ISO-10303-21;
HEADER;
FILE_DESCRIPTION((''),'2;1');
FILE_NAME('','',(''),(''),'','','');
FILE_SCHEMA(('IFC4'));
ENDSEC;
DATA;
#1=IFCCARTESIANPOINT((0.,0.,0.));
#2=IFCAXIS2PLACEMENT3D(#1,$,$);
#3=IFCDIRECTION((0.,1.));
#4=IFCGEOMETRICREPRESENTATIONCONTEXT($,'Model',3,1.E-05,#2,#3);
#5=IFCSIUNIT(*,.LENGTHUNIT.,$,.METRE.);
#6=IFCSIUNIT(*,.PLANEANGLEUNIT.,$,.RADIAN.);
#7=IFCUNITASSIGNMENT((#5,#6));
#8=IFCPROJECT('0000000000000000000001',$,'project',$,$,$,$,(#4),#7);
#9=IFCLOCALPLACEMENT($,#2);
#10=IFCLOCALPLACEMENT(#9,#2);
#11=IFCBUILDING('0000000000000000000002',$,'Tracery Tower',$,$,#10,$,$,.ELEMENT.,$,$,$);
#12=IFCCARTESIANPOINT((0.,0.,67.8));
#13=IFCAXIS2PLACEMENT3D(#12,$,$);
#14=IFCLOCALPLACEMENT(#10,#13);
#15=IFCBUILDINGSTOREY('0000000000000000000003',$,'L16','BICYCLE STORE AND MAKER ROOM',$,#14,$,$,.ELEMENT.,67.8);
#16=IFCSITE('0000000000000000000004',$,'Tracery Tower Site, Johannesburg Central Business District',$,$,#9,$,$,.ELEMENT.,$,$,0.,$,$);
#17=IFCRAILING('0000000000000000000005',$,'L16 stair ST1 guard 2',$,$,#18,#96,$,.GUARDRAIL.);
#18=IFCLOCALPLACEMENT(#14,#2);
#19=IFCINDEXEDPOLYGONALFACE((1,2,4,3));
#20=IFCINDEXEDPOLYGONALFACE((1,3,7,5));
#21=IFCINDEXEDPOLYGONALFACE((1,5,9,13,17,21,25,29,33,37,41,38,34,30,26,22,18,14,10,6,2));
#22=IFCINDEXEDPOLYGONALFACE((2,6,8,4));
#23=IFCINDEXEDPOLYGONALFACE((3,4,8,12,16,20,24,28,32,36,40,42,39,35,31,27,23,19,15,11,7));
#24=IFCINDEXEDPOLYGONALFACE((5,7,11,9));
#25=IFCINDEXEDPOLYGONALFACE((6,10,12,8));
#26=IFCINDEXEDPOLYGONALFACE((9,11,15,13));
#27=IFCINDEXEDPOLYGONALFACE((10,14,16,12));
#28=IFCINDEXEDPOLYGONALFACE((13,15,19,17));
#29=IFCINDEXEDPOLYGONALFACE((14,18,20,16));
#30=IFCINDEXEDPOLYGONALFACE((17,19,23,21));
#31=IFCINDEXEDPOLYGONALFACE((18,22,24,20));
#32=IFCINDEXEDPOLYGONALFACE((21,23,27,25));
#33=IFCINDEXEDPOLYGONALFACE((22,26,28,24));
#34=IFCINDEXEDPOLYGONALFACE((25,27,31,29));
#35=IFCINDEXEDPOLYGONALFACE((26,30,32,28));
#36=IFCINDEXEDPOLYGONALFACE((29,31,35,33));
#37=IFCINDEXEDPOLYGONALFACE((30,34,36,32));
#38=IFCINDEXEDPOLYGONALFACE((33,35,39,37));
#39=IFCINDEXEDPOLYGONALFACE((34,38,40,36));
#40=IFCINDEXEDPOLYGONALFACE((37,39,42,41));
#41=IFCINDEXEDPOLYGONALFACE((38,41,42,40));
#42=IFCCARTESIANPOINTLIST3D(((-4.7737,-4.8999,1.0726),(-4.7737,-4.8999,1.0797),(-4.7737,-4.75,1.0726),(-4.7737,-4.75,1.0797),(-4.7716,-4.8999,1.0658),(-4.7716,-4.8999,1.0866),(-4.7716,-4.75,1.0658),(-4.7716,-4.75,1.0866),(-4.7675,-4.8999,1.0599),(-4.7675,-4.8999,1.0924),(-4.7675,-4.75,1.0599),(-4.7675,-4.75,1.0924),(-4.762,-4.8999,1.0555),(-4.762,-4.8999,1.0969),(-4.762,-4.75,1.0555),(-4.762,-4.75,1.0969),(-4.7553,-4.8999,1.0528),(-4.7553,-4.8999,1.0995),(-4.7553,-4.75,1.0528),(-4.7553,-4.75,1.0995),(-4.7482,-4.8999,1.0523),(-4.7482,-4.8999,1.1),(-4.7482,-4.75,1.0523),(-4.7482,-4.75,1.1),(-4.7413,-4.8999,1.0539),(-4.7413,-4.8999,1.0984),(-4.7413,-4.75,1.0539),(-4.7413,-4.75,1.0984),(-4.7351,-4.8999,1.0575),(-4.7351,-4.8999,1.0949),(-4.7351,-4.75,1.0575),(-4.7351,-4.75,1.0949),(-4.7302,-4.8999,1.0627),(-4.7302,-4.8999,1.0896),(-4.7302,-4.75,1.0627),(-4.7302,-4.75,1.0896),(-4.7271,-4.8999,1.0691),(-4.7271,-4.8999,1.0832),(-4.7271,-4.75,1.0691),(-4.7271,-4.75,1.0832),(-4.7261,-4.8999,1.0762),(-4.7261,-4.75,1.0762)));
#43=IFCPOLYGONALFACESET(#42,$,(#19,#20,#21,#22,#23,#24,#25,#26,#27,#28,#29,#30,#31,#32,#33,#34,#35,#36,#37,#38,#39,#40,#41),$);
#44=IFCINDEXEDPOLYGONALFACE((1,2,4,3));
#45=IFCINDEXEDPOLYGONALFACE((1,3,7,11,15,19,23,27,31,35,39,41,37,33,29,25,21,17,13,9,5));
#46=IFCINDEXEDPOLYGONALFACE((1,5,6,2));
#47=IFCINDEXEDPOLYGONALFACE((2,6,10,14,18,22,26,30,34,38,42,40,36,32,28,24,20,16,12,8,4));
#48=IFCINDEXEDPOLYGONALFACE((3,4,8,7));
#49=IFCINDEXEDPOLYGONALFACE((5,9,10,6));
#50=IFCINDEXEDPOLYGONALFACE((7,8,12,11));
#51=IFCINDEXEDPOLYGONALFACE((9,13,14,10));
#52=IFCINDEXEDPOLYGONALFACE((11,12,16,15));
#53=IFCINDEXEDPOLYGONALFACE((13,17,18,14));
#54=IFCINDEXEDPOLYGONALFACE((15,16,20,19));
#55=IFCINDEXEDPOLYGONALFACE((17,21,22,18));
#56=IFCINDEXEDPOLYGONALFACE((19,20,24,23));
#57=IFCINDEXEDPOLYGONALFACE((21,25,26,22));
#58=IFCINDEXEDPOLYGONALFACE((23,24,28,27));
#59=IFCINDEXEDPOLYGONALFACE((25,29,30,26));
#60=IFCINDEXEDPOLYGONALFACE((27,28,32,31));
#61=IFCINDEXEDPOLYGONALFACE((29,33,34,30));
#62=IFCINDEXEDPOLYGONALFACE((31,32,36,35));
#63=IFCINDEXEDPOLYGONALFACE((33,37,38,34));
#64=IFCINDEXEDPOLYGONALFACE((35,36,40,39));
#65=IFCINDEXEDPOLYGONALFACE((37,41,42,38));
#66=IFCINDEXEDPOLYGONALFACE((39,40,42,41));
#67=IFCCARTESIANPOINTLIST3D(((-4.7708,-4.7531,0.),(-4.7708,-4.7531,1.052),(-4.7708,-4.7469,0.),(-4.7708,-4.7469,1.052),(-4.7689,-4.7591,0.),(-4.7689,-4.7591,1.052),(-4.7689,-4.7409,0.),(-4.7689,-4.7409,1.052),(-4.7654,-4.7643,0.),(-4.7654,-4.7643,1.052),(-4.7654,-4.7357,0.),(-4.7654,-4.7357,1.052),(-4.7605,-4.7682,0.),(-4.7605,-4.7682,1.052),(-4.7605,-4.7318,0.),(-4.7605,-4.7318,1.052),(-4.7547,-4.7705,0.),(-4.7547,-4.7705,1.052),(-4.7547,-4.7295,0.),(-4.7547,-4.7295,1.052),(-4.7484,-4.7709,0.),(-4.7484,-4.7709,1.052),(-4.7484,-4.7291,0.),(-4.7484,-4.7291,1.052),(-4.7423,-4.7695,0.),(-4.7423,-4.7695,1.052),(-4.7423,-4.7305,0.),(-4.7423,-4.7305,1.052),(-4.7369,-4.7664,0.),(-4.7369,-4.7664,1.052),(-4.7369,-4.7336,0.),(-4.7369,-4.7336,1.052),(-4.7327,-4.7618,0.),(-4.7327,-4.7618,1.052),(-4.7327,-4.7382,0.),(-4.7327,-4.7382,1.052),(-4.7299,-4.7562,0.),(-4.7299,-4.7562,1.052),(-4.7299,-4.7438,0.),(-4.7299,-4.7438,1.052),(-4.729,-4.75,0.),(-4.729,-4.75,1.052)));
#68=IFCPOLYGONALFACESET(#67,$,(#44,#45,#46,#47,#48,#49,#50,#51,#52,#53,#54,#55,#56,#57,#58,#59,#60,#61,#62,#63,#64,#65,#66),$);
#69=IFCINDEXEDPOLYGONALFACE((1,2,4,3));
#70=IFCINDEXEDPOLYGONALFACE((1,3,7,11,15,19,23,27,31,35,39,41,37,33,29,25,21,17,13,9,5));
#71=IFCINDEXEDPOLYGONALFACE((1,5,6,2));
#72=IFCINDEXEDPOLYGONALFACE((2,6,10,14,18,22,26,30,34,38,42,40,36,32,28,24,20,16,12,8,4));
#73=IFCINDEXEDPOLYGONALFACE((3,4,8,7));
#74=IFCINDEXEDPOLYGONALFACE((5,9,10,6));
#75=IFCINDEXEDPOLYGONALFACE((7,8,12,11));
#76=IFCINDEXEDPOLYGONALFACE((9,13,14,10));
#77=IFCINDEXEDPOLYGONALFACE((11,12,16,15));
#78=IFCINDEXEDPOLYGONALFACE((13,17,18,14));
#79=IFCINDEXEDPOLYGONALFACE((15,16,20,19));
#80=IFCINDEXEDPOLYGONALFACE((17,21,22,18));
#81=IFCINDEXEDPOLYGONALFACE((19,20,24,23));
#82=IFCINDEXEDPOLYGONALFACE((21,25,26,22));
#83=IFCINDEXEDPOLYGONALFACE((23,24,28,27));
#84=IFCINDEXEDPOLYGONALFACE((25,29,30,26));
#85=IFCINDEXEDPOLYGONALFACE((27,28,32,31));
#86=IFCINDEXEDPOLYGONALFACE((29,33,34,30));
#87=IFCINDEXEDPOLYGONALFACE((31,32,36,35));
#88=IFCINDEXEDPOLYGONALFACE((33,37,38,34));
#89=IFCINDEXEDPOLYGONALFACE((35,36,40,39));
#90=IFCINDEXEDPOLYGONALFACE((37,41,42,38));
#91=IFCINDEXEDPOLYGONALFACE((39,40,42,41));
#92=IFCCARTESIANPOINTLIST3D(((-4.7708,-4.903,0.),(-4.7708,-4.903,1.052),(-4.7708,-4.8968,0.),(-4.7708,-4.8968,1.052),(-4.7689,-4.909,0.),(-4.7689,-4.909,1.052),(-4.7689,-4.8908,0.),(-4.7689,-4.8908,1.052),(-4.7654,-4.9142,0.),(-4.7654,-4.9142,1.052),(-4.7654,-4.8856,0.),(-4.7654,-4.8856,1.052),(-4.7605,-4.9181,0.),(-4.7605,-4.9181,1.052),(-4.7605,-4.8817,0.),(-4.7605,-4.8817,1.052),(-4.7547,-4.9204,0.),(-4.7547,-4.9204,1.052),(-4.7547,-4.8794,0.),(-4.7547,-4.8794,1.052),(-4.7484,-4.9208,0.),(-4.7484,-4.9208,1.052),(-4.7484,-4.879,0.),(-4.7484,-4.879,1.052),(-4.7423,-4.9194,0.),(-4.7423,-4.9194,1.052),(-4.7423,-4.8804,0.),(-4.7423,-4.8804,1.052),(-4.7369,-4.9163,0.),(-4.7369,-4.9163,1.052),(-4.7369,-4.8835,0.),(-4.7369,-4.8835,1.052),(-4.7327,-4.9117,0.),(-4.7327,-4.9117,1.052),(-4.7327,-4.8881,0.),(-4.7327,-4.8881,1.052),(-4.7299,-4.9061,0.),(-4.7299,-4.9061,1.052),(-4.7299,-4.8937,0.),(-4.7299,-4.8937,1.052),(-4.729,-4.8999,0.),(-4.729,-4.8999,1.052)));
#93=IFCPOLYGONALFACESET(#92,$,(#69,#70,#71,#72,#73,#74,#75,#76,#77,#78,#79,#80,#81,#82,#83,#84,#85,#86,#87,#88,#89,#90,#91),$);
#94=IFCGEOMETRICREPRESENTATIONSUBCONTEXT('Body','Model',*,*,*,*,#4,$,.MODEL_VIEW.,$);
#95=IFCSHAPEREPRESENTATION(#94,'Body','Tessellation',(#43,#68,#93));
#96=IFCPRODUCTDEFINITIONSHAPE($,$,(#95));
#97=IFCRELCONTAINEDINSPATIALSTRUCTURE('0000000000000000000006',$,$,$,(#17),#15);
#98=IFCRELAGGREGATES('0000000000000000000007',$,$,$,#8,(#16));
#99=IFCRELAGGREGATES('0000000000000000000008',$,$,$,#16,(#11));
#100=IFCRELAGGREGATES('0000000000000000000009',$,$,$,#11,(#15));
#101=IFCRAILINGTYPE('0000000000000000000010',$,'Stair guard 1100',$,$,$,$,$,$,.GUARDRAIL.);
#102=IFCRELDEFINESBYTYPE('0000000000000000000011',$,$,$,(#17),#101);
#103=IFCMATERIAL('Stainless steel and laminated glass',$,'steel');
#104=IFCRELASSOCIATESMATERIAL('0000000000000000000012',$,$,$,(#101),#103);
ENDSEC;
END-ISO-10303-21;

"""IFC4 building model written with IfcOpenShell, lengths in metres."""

from ifc_helpers import new_model, si_unit, direction, frame, origin, origin_2d, place, context, subcontext, project, spatial, circle, extrude, material, type_object, element, save


model = new_model("IFC4")

# Units and contexts
model_context = context("Model", 3, precision=1e-05, world=origin(), true_north=direction((0.0, 1.0)))
body_context = subcontext(model_context, "Body", "Model", "MODEL_VIEW")
ifc_project = project(units=[si_unit("LENGTHUNIT", "METRE"), si_unit("PLANEANGLEUNIT", "RADIAN")], contexts=[model_context])

# Site, building, storey
site_placement = place(None, origin())
site = spatial("IfcSite", under=ifc_project, at=site_placement, Name="Tracery Tower Site, Johannesburg Central Business District", CompositionType="ELEMENT", RefElevation=0.0)
building_placement = place(site_placement, origin())
building = spatial("IfcBuilding", under=site, at=building_placement, Name="Tracery Tower", CompositionType="ELEMENT")
storey_placement = place(building_placement, frame((0.0, 0.0, 67.8)))
storey = spatial("IfcBuildingStorey", under=building, at=storey_placement, Name="L16", Description="BICYCLE STORE AND MAKER ROOM", CompositionType="ELEMENT", Elevation=67.8)

# Railing
ifc_material_1 = material(Name="Stainless steel and laminated glass", Category="steel")
railing_type_1 = type_object("IfcRailingType", Name="Stair guard 1100", PredefinedType="GUARDRAIL", material=ifc_material_1)
railing_1_placement = place(storey_placement, frame((-4.75, -4.75, 0.0)))
element("IfcRailing", 1, at=railing_1_placement, inside=storey, type_object=railing_type_1, Name="L16 stair ST1 guard 2", PredefinedType="GUARDRAIL", context=body_context, shape_type="SweptSolid", body=[
    extrude(circle(Radius=0.0239, at=origin_2d()), frame((0.0, 0.0, 1.0762), z_axis=(0.0, -1.0, 0.0), x_axis=(1.0, 0.0, 0.0)), (0.0, 0.0, 1.0), 0.1499),
    extrude(circle(Radius=0.021, at=origin_2d()), origin(), (0.0, 0.0, 1.0), 1.052),
    extrude(circle(Radius=0.021, at=origin_2d()), frame((0.0, -0.1499, 0.0)), (0.0, 0.0, 1.0), 1.052),
])

save(model, "model.ifc")
